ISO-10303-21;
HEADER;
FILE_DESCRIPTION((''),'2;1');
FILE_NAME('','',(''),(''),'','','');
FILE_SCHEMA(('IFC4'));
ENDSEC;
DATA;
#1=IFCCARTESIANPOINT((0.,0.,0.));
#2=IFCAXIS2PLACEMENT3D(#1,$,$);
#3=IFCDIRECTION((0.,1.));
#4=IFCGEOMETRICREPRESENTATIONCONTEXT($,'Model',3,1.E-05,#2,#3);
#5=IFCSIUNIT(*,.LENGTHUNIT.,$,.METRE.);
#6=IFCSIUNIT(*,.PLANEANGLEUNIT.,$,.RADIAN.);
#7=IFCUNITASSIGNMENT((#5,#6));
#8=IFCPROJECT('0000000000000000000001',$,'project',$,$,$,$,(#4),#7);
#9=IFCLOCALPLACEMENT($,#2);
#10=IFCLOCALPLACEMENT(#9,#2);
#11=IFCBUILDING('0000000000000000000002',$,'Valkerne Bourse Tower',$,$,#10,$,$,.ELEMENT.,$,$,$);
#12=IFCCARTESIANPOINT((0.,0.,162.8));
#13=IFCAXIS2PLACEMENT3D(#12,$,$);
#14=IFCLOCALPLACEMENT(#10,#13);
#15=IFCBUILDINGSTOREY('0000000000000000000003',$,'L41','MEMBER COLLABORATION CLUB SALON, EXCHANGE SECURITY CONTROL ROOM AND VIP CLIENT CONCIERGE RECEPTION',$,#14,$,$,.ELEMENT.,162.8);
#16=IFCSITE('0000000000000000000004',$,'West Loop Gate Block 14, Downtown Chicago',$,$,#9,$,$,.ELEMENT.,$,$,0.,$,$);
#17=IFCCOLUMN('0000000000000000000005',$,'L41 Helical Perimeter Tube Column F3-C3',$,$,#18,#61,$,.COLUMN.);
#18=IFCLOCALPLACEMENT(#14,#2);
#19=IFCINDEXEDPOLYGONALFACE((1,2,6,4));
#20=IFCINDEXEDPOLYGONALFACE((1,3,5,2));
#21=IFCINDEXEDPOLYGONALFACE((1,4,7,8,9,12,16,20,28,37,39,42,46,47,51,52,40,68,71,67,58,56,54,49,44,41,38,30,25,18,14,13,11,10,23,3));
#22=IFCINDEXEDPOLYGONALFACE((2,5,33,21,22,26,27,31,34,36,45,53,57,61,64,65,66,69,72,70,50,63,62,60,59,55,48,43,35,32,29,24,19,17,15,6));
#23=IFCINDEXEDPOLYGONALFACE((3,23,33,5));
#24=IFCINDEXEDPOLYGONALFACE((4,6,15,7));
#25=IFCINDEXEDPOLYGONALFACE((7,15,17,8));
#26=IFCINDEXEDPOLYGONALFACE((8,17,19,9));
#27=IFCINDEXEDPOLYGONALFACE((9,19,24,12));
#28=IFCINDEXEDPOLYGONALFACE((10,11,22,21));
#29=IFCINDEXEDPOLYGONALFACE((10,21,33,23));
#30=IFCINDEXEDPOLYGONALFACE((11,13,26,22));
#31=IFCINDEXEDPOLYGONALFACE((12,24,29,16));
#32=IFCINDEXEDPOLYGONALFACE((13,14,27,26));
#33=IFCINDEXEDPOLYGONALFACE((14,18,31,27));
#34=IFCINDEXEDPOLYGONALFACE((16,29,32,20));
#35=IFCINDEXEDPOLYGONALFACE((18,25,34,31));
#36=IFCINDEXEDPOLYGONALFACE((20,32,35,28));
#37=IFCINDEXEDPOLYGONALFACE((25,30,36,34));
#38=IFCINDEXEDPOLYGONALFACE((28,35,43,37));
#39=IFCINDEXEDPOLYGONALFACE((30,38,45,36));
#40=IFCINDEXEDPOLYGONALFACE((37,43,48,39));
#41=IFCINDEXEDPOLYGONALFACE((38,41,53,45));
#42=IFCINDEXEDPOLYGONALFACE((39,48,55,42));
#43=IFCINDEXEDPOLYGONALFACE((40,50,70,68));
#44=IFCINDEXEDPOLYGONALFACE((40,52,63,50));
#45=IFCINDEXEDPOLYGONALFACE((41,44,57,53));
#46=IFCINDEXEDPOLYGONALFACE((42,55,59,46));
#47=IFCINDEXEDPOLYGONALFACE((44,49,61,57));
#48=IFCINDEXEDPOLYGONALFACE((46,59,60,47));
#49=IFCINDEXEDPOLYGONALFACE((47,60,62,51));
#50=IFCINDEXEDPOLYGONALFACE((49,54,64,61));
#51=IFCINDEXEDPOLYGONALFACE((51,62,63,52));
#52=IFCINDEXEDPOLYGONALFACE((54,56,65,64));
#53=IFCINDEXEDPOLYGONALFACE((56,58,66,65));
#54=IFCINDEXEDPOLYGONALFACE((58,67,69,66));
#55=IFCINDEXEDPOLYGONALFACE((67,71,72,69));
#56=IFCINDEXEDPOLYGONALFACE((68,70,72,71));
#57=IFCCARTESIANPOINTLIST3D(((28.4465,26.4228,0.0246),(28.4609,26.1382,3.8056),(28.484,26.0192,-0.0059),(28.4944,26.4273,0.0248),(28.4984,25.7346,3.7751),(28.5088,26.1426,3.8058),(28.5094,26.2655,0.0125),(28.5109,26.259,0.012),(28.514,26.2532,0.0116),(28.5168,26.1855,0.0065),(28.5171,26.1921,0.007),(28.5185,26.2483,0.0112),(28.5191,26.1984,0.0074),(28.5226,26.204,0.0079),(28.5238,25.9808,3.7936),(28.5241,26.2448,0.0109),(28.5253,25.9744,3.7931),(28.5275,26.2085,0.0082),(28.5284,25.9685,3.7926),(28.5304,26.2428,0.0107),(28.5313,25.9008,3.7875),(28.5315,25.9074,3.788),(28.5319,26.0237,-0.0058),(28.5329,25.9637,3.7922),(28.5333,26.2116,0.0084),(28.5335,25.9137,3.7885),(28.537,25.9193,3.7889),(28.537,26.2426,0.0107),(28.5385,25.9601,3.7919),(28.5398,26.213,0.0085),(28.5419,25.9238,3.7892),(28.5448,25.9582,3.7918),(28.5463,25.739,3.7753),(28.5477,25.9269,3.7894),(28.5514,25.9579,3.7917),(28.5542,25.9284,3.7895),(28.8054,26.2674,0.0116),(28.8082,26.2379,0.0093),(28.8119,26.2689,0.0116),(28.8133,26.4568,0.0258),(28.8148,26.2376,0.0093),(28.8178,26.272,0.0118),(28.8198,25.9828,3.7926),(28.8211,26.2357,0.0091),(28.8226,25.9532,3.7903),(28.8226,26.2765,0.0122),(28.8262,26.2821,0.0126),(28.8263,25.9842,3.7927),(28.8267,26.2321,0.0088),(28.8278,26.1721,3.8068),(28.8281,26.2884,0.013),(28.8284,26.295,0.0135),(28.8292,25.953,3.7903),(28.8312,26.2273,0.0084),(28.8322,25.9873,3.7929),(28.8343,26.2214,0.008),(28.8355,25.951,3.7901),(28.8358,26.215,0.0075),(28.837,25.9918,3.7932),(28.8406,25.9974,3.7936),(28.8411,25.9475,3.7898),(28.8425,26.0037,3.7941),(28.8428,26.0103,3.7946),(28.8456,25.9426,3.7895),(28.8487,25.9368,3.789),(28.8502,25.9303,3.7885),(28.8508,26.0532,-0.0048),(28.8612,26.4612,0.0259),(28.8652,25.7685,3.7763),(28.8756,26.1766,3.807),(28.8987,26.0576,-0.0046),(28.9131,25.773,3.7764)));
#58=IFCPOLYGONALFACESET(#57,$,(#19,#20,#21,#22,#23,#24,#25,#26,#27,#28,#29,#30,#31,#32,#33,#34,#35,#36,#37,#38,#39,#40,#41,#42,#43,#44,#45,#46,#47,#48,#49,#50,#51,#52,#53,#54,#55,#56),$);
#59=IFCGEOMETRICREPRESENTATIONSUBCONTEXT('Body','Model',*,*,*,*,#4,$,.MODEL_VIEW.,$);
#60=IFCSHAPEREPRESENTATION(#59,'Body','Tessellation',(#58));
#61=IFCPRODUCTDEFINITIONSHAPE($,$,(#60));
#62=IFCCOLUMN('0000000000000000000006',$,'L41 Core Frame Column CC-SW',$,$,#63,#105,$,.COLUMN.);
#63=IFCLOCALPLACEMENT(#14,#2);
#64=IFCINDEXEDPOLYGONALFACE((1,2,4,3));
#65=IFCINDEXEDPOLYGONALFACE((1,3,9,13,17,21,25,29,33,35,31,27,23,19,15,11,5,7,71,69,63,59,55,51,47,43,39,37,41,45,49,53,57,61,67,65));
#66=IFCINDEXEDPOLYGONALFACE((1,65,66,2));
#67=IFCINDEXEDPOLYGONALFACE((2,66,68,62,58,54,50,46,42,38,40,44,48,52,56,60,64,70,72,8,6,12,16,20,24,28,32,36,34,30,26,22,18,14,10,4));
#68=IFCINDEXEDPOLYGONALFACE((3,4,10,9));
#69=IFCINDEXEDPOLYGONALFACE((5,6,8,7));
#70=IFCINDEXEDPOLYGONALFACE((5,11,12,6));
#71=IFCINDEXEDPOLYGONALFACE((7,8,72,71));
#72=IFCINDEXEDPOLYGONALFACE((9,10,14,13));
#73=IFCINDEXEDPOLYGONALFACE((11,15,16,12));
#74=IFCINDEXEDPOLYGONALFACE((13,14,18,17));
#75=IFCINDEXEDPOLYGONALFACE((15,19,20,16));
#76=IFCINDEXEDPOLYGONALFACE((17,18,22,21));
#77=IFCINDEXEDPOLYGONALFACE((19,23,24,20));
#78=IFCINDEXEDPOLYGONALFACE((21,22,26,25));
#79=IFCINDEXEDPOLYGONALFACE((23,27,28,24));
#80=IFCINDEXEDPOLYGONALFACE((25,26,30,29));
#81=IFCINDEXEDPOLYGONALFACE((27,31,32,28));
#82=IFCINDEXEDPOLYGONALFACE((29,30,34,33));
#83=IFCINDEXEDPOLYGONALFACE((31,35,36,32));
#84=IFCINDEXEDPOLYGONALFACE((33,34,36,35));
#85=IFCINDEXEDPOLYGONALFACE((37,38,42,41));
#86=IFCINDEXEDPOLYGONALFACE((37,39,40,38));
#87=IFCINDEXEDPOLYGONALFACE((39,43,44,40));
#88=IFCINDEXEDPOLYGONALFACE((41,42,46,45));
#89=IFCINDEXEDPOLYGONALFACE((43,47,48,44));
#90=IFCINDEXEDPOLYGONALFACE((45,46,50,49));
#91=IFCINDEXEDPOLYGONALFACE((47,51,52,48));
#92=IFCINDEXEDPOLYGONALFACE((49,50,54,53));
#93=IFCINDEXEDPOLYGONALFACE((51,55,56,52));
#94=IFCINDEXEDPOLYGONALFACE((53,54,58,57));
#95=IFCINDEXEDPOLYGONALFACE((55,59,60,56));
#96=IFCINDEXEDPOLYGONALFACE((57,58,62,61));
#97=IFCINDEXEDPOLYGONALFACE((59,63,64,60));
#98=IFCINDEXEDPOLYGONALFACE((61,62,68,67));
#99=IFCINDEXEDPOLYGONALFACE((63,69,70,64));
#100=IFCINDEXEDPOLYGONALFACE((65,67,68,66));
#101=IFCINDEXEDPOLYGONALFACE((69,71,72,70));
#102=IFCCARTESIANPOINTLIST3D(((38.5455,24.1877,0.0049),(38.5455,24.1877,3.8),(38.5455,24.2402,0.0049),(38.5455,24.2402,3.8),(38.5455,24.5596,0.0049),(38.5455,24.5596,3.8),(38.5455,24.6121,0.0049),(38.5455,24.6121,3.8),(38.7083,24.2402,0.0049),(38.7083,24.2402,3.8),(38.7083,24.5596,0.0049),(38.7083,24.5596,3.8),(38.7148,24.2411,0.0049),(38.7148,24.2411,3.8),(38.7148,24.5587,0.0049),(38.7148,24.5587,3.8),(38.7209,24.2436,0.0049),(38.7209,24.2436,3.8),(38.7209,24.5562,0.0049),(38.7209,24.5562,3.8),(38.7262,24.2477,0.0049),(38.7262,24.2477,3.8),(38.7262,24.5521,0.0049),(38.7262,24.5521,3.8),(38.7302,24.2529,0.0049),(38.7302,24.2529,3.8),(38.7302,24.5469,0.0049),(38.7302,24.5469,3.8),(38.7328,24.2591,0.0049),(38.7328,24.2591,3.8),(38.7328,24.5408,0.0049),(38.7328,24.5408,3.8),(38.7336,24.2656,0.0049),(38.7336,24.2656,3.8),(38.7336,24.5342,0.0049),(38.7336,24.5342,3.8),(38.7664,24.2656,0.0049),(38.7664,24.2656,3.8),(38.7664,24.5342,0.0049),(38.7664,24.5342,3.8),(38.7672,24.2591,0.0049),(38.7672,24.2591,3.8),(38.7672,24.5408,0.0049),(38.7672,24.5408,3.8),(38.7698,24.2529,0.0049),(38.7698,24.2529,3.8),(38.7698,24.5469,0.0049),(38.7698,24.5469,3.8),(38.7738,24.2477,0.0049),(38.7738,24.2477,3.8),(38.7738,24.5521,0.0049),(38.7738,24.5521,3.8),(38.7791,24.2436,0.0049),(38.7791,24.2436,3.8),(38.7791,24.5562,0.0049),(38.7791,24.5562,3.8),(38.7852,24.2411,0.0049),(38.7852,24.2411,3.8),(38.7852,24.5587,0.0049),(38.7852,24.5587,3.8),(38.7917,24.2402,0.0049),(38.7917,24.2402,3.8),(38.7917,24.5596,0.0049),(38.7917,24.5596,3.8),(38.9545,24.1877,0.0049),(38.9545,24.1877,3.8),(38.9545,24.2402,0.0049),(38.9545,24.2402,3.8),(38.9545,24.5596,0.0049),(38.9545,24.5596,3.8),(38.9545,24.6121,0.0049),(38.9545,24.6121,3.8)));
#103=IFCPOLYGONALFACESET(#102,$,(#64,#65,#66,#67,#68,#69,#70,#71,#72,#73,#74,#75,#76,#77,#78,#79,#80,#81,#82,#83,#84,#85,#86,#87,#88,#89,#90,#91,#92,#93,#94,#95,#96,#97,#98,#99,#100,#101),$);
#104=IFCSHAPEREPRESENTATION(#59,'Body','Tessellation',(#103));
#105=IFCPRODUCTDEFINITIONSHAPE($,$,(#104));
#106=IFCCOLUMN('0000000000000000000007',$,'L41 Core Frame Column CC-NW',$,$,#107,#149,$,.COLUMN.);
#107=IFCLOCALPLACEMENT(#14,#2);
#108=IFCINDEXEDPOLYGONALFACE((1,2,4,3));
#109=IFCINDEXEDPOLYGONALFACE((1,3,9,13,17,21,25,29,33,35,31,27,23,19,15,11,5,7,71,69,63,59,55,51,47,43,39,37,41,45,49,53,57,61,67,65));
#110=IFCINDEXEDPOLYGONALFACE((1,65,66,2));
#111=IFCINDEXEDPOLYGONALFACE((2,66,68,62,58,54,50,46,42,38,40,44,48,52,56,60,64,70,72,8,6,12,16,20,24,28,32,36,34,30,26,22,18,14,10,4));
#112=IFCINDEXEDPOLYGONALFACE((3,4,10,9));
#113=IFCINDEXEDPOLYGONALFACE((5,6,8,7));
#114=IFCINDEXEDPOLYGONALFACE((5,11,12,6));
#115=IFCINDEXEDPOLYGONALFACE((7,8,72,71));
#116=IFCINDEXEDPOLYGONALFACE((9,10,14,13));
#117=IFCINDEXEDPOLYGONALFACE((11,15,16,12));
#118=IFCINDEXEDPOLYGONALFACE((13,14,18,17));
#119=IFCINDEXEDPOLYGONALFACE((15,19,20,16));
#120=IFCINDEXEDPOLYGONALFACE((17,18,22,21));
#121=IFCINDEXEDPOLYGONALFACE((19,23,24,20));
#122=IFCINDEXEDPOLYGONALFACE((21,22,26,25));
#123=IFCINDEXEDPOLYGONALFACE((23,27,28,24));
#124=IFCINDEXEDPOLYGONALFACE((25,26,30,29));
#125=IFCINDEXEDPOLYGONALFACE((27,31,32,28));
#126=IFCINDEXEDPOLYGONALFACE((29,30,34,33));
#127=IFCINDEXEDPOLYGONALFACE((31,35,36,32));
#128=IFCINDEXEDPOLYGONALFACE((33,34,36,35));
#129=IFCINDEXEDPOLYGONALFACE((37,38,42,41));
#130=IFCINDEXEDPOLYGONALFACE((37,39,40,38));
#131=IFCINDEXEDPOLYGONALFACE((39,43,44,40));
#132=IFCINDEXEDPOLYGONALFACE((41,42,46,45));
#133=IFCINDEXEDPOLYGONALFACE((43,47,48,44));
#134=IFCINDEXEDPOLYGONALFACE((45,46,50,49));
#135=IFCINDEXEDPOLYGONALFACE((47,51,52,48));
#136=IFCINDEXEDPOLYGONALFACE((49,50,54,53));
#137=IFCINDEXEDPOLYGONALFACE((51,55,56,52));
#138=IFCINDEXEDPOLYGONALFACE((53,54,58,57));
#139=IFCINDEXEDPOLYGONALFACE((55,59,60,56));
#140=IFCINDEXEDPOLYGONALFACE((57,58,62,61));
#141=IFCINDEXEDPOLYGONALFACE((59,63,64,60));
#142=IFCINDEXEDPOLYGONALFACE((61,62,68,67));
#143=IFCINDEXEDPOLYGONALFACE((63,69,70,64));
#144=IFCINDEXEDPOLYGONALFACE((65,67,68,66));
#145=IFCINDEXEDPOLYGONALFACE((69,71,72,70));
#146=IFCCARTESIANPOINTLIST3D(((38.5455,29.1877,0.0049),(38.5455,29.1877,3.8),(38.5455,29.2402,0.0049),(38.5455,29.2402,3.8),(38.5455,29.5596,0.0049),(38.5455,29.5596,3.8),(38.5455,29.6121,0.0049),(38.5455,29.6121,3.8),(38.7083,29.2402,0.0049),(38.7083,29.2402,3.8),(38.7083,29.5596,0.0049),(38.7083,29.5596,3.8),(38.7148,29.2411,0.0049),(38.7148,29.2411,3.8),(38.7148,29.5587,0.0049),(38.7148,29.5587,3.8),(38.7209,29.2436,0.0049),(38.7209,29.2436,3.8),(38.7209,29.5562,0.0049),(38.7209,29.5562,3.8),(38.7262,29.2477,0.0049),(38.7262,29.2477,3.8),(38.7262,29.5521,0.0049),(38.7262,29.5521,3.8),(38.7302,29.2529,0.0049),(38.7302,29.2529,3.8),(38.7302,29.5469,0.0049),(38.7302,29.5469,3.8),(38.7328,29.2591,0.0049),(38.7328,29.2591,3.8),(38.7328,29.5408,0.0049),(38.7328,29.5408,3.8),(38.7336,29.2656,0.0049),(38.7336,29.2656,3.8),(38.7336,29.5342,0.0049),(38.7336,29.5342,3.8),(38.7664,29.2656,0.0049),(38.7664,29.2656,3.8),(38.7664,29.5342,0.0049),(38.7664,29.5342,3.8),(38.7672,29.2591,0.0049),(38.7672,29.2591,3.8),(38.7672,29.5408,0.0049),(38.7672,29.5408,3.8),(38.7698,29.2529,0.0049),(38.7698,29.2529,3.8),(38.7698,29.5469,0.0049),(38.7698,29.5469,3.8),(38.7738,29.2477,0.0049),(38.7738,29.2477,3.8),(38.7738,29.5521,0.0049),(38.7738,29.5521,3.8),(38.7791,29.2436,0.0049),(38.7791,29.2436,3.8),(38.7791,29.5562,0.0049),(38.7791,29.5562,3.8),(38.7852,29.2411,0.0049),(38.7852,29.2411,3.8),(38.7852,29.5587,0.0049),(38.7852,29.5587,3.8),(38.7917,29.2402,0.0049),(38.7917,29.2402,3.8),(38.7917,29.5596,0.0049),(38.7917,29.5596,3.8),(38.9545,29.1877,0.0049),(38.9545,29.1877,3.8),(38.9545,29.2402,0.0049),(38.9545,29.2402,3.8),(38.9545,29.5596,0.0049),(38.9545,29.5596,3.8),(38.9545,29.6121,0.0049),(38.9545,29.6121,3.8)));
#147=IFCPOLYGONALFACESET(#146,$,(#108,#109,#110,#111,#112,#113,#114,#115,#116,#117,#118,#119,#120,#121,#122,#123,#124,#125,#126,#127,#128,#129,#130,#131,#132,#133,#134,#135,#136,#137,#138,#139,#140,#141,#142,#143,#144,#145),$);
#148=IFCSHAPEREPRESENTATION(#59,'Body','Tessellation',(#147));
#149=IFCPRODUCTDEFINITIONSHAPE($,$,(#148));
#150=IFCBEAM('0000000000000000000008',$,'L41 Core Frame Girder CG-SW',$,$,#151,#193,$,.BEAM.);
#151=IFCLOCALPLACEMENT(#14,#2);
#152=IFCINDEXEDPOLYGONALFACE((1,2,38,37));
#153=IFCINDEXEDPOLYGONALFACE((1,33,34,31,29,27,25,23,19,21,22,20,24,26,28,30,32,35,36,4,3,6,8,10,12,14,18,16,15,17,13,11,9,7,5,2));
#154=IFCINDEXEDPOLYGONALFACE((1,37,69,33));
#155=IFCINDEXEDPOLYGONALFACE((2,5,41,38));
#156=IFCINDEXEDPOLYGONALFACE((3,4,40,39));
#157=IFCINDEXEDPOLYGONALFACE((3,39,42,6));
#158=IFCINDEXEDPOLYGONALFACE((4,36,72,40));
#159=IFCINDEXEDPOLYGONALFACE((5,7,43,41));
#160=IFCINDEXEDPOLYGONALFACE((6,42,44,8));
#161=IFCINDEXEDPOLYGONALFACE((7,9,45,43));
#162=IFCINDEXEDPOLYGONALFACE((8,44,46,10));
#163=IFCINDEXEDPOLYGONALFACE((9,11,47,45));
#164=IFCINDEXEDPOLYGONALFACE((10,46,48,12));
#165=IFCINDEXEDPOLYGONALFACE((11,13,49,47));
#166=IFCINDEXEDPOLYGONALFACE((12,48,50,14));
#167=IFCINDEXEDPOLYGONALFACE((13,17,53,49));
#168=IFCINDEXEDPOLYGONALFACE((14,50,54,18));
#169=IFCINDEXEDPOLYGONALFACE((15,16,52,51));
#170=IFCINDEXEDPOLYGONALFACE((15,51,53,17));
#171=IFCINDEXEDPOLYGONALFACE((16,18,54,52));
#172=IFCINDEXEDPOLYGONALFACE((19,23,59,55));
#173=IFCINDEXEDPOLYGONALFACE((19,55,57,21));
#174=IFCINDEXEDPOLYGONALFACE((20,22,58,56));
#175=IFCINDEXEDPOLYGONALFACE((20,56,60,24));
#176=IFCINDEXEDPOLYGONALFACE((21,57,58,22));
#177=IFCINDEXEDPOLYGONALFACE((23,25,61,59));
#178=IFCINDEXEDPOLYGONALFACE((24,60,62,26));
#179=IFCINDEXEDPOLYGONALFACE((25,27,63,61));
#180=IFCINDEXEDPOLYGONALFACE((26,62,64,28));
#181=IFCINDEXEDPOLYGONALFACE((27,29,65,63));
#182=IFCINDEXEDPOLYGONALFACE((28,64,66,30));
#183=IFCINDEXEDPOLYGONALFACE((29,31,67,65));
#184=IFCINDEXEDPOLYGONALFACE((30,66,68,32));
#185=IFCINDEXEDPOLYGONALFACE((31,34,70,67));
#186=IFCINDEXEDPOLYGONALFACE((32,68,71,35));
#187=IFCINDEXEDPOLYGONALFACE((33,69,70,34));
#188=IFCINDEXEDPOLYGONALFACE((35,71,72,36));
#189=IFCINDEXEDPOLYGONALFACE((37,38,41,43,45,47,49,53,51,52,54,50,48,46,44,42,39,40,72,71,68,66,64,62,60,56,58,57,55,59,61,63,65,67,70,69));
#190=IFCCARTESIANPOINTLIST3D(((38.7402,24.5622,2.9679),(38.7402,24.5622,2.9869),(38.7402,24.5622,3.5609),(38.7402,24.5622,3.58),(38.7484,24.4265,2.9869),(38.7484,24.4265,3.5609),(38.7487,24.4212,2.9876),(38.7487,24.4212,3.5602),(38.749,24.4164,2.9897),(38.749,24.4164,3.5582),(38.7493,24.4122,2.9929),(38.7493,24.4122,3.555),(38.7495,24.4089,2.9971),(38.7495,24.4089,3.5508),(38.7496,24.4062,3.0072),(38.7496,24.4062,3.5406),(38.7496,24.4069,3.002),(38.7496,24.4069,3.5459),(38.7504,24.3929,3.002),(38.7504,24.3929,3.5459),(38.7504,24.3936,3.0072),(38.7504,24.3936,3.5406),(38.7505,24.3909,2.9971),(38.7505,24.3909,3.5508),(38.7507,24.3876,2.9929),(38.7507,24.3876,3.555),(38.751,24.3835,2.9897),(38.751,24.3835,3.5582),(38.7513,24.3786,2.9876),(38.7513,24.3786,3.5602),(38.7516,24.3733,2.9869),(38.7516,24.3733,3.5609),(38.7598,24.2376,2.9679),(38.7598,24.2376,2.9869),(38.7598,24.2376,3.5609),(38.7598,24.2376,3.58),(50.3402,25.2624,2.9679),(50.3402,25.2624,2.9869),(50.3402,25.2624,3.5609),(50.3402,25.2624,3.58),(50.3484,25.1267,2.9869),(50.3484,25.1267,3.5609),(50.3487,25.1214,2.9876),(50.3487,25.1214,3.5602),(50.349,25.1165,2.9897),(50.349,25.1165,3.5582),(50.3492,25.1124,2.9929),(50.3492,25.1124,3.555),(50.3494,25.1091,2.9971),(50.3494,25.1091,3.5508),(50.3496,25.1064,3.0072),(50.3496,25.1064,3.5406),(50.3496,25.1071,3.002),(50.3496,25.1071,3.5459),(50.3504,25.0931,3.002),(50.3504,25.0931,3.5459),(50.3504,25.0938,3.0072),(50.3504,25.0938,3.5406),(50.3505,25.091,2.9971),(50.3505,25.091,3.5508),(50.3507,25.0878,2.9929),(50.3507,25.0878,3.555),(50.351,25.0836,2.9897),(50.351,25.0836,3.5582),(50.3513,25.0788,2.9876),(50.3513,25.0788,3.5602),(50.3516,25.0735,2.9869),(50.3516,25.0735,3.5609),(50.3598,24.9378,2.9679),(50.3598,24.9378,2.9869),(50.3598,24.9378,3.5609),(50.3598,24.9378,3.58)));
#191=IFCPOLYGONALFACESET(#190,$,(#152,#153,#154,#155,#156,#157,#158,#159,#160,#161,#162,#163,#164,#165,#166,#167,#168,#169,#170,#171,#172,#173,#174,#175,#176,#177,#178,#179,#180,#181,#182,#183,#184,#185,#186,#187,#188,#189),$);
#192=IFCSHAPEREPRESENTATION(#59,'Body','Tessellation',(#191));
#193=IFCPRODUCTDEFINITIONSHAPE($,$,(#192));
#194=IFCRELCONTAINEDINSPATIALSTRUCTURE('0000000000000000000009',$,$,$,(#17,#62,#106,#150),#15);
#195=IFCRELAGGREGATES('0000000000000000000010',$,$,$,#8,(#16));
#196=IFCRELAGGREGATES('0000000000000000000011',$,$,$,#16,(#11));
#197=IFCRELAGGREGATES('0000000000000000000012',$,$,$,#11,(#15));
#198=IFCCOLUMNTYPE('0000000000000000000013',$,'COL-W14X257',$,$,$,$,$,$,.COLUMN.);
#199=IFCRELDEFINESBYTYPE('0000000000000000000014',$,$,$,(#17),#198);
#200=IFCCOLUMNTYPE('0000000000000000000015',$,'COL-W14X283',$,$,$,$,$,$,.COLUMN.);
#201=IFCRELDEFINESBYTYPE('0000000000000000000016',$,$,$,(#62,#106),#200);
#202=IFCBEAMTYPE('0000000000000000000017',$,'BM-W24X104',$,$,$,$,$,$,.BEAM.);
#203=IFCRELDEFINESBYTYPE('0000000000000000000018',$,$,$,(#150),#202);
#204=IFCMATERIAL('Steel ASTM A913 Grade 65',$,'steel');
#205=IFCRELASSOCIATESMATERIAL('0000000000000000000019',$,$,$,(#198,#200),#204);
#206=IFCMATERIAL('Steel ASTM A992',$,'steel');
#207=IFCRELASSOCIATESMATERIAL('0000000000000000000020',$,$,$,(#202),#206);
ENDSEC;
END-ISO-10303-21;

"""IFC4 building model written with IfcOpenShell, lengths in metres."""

from ifc_helpers import new_model, si_unit, direction, frame, origin, origin_2d, place, context, subcontext, project, spatial, i_section, extrude, material, material_profile, profile_set, type_object, element, save


model = new_model("IFC4")

# Units and contexts
model_context = context("Model", 3, precision=1e-05, world=origin(), true_north=direction((0.0, 1.0)))
body_context = subcontext(model_context, "Body", "Model", "MODEL_VIEW")
ifc_project = project(units=[si_unit("LENGTHUNIT", "METRE"), si_unit("PLANEANGLEUNIT", "RADIAN")], contexts=[model_context])

# Site, building, storey
site_placement = place(None, origin())
site = spatial("IfcSite", under=ifc_project, at=site_placement, Name="West Loop Gate Block 14, Downtown Chicago", CompositionType="ELEMENT", RefElevation=0.0)
building_placement = place(site_placement, origin())
building = spatial("IfcBuilding", under=site, at=building_placement, Name="Valkerne Bourse Tower", CompositionType="ELEMENT")
storey_placement = place(building_placement, frame((0.0, 0.0, 162.8)))
storey = spatial("IfcBuildingStorey", under=building, at=storey_placement, Name="L41", Description="MEMBER COLLABORATION CLUB SALON, EXCHANGE SECURITY CONTROL ROOM AND VIP CLIENT CONCIERGE RECEPTION", CompositionType="ELEMENT", Elevation=162.8)

# Columns
ifc_material_1 = material(Name="Steel ASTM A913 Grade 65", Category="steel")
ifc_material_profile_1 = material_profile(ifc_material_1, i_section(OverallWidth=0.4065, OverallDepth=0.4165, WebThickness=0.0298, FlangeThickness=0.0481, FilletRadius=0.0254, at=origin_2d()), Name="W14X257")
ifc_profile_set_1 = profile_set([ifc_material_profile_1], Name="Steel ASTM A913 Grade 65")
column_type_1 = type_object("IfcColumnType", Name="COL-W14X257", PredefinedType="COLUMN", material=ifc_profile_set_1)
column_placement = place(storey_placement, frame((28.6726, 26.2402, 0.01), z_axis=(0.003799, -0.075076, 0.997171), x_axis=(0.092171, -0.992907, -0.075106)))
element("IfcColumn", 1, at=column_placement, inside=storey, type_object=column_type_1, Name="L41 Helical Perimeter Tube Column F3-C3", PredefinedType="COLUMN", context=body_context, shape_type="SweptSolid", body=[
    extrude(i_section(OverallWidth=0.4065, OverallDepth=0.4165, WebThickness=0.0298, FlangeThickness=0.0481, FilletRadius=0.0254, at=origin_2d()), origin(), (0.0, 0.0, 1.0), 3.7917),
])
ifc_material_profile_2 = material_profile(ifc_material_1, i_section(OverallWidth=0.4089, OverallDepth=0.4243, WebThickness=0.0327, FlangeThickness=0.0525, FilletRadius=0.0254, at=origin_2d()), Name="W14X283")
ifc_profile_set_2 = profile_set([ifc_material_profile_2], Name="Steel ASTM A913 Grade 65")
column_type_2 = type_object("IfcColumnType", Name="COL-W14X283", PredefinedType="COLUMN", material=ifc_profile_set_2)
for number, where, z_axis, x_axis, name in (
    (2, (38.75, 24.3999, 0.0049), (0.0, 0.0, 1.0), (1.0, 0.0, 0.0), "L41 Core Frame Column CC-SW"),
    (3, (38.75, 29.3999, 0.0049), (0.0, 0.0, 1.0), (1.0, 0.0, 0.0), "L41 Core Frame Column CC-NW"),
):
    element("IfcColumn", number, at=place(storey_placement, frame(where, z_axis=z_axis, x_axis=x_axis)), inside=storey, type_object=column_type_2, Name=name, PredefinedType="COLUMN", context=body_context, shape_type="SweptSolid", body=[
        extrude(i_section(OverallWidth=0.4089, OverallDepth=0.4243, WebThickness=0.0327, FlangeThickness=0.0525, FilletRadius=0.0254, at=origin_2d()), origin(), (0.0, 0.0, 1.0), 3.7952),
    ])

# Beam
ifc_material_2 = material(Name="Steel ASTM A992", Category="steel")
ifc_material_profile_3 = material_profile(ifc_material_2, i_section(OverallWidth=0.3252, OverallDepth=0.6121, WebThickness=0.0127, FlangeThickness=0.019, FilletRadius=0.0203, at=origin_2d()), Name="W24X104")
ifc_profile_set_3 = profile_set([ifc_material_profile_3], Name="Steel ASTM A992")
beam_type_1 = type_object("IfcBeamType", Name="BM-W24X104", PredefinedType="BEAM", material=ifc_profile_set_3)
beam_1_placement = place(storey_placement, frame((38.75, 24.3999, 3.2739), z_axis=(0.998183, 0.060251, 0.0), x_axis=(-0.060251, 0.998183, 0.0)))
element("IfcBeam", 4, at=beam_1_placement, inside=storey, type_object=beam_type_1, Name="L41 Core Frame Girder CG-SW", PredefinedType="BEAM", context=body_context, shape_type="SweptSolid", body=[
    extrude(i_section(OverallWidth=0.3252, OverallDepth=0.6121, WebThickness=0.0127, FlangeThickness=0.019, FilletRadius=0.0203, at=origin_2d()), origin(), (0.0, 0.0, 1.0), 11.6211),
])

save(model, "model.ifc")
